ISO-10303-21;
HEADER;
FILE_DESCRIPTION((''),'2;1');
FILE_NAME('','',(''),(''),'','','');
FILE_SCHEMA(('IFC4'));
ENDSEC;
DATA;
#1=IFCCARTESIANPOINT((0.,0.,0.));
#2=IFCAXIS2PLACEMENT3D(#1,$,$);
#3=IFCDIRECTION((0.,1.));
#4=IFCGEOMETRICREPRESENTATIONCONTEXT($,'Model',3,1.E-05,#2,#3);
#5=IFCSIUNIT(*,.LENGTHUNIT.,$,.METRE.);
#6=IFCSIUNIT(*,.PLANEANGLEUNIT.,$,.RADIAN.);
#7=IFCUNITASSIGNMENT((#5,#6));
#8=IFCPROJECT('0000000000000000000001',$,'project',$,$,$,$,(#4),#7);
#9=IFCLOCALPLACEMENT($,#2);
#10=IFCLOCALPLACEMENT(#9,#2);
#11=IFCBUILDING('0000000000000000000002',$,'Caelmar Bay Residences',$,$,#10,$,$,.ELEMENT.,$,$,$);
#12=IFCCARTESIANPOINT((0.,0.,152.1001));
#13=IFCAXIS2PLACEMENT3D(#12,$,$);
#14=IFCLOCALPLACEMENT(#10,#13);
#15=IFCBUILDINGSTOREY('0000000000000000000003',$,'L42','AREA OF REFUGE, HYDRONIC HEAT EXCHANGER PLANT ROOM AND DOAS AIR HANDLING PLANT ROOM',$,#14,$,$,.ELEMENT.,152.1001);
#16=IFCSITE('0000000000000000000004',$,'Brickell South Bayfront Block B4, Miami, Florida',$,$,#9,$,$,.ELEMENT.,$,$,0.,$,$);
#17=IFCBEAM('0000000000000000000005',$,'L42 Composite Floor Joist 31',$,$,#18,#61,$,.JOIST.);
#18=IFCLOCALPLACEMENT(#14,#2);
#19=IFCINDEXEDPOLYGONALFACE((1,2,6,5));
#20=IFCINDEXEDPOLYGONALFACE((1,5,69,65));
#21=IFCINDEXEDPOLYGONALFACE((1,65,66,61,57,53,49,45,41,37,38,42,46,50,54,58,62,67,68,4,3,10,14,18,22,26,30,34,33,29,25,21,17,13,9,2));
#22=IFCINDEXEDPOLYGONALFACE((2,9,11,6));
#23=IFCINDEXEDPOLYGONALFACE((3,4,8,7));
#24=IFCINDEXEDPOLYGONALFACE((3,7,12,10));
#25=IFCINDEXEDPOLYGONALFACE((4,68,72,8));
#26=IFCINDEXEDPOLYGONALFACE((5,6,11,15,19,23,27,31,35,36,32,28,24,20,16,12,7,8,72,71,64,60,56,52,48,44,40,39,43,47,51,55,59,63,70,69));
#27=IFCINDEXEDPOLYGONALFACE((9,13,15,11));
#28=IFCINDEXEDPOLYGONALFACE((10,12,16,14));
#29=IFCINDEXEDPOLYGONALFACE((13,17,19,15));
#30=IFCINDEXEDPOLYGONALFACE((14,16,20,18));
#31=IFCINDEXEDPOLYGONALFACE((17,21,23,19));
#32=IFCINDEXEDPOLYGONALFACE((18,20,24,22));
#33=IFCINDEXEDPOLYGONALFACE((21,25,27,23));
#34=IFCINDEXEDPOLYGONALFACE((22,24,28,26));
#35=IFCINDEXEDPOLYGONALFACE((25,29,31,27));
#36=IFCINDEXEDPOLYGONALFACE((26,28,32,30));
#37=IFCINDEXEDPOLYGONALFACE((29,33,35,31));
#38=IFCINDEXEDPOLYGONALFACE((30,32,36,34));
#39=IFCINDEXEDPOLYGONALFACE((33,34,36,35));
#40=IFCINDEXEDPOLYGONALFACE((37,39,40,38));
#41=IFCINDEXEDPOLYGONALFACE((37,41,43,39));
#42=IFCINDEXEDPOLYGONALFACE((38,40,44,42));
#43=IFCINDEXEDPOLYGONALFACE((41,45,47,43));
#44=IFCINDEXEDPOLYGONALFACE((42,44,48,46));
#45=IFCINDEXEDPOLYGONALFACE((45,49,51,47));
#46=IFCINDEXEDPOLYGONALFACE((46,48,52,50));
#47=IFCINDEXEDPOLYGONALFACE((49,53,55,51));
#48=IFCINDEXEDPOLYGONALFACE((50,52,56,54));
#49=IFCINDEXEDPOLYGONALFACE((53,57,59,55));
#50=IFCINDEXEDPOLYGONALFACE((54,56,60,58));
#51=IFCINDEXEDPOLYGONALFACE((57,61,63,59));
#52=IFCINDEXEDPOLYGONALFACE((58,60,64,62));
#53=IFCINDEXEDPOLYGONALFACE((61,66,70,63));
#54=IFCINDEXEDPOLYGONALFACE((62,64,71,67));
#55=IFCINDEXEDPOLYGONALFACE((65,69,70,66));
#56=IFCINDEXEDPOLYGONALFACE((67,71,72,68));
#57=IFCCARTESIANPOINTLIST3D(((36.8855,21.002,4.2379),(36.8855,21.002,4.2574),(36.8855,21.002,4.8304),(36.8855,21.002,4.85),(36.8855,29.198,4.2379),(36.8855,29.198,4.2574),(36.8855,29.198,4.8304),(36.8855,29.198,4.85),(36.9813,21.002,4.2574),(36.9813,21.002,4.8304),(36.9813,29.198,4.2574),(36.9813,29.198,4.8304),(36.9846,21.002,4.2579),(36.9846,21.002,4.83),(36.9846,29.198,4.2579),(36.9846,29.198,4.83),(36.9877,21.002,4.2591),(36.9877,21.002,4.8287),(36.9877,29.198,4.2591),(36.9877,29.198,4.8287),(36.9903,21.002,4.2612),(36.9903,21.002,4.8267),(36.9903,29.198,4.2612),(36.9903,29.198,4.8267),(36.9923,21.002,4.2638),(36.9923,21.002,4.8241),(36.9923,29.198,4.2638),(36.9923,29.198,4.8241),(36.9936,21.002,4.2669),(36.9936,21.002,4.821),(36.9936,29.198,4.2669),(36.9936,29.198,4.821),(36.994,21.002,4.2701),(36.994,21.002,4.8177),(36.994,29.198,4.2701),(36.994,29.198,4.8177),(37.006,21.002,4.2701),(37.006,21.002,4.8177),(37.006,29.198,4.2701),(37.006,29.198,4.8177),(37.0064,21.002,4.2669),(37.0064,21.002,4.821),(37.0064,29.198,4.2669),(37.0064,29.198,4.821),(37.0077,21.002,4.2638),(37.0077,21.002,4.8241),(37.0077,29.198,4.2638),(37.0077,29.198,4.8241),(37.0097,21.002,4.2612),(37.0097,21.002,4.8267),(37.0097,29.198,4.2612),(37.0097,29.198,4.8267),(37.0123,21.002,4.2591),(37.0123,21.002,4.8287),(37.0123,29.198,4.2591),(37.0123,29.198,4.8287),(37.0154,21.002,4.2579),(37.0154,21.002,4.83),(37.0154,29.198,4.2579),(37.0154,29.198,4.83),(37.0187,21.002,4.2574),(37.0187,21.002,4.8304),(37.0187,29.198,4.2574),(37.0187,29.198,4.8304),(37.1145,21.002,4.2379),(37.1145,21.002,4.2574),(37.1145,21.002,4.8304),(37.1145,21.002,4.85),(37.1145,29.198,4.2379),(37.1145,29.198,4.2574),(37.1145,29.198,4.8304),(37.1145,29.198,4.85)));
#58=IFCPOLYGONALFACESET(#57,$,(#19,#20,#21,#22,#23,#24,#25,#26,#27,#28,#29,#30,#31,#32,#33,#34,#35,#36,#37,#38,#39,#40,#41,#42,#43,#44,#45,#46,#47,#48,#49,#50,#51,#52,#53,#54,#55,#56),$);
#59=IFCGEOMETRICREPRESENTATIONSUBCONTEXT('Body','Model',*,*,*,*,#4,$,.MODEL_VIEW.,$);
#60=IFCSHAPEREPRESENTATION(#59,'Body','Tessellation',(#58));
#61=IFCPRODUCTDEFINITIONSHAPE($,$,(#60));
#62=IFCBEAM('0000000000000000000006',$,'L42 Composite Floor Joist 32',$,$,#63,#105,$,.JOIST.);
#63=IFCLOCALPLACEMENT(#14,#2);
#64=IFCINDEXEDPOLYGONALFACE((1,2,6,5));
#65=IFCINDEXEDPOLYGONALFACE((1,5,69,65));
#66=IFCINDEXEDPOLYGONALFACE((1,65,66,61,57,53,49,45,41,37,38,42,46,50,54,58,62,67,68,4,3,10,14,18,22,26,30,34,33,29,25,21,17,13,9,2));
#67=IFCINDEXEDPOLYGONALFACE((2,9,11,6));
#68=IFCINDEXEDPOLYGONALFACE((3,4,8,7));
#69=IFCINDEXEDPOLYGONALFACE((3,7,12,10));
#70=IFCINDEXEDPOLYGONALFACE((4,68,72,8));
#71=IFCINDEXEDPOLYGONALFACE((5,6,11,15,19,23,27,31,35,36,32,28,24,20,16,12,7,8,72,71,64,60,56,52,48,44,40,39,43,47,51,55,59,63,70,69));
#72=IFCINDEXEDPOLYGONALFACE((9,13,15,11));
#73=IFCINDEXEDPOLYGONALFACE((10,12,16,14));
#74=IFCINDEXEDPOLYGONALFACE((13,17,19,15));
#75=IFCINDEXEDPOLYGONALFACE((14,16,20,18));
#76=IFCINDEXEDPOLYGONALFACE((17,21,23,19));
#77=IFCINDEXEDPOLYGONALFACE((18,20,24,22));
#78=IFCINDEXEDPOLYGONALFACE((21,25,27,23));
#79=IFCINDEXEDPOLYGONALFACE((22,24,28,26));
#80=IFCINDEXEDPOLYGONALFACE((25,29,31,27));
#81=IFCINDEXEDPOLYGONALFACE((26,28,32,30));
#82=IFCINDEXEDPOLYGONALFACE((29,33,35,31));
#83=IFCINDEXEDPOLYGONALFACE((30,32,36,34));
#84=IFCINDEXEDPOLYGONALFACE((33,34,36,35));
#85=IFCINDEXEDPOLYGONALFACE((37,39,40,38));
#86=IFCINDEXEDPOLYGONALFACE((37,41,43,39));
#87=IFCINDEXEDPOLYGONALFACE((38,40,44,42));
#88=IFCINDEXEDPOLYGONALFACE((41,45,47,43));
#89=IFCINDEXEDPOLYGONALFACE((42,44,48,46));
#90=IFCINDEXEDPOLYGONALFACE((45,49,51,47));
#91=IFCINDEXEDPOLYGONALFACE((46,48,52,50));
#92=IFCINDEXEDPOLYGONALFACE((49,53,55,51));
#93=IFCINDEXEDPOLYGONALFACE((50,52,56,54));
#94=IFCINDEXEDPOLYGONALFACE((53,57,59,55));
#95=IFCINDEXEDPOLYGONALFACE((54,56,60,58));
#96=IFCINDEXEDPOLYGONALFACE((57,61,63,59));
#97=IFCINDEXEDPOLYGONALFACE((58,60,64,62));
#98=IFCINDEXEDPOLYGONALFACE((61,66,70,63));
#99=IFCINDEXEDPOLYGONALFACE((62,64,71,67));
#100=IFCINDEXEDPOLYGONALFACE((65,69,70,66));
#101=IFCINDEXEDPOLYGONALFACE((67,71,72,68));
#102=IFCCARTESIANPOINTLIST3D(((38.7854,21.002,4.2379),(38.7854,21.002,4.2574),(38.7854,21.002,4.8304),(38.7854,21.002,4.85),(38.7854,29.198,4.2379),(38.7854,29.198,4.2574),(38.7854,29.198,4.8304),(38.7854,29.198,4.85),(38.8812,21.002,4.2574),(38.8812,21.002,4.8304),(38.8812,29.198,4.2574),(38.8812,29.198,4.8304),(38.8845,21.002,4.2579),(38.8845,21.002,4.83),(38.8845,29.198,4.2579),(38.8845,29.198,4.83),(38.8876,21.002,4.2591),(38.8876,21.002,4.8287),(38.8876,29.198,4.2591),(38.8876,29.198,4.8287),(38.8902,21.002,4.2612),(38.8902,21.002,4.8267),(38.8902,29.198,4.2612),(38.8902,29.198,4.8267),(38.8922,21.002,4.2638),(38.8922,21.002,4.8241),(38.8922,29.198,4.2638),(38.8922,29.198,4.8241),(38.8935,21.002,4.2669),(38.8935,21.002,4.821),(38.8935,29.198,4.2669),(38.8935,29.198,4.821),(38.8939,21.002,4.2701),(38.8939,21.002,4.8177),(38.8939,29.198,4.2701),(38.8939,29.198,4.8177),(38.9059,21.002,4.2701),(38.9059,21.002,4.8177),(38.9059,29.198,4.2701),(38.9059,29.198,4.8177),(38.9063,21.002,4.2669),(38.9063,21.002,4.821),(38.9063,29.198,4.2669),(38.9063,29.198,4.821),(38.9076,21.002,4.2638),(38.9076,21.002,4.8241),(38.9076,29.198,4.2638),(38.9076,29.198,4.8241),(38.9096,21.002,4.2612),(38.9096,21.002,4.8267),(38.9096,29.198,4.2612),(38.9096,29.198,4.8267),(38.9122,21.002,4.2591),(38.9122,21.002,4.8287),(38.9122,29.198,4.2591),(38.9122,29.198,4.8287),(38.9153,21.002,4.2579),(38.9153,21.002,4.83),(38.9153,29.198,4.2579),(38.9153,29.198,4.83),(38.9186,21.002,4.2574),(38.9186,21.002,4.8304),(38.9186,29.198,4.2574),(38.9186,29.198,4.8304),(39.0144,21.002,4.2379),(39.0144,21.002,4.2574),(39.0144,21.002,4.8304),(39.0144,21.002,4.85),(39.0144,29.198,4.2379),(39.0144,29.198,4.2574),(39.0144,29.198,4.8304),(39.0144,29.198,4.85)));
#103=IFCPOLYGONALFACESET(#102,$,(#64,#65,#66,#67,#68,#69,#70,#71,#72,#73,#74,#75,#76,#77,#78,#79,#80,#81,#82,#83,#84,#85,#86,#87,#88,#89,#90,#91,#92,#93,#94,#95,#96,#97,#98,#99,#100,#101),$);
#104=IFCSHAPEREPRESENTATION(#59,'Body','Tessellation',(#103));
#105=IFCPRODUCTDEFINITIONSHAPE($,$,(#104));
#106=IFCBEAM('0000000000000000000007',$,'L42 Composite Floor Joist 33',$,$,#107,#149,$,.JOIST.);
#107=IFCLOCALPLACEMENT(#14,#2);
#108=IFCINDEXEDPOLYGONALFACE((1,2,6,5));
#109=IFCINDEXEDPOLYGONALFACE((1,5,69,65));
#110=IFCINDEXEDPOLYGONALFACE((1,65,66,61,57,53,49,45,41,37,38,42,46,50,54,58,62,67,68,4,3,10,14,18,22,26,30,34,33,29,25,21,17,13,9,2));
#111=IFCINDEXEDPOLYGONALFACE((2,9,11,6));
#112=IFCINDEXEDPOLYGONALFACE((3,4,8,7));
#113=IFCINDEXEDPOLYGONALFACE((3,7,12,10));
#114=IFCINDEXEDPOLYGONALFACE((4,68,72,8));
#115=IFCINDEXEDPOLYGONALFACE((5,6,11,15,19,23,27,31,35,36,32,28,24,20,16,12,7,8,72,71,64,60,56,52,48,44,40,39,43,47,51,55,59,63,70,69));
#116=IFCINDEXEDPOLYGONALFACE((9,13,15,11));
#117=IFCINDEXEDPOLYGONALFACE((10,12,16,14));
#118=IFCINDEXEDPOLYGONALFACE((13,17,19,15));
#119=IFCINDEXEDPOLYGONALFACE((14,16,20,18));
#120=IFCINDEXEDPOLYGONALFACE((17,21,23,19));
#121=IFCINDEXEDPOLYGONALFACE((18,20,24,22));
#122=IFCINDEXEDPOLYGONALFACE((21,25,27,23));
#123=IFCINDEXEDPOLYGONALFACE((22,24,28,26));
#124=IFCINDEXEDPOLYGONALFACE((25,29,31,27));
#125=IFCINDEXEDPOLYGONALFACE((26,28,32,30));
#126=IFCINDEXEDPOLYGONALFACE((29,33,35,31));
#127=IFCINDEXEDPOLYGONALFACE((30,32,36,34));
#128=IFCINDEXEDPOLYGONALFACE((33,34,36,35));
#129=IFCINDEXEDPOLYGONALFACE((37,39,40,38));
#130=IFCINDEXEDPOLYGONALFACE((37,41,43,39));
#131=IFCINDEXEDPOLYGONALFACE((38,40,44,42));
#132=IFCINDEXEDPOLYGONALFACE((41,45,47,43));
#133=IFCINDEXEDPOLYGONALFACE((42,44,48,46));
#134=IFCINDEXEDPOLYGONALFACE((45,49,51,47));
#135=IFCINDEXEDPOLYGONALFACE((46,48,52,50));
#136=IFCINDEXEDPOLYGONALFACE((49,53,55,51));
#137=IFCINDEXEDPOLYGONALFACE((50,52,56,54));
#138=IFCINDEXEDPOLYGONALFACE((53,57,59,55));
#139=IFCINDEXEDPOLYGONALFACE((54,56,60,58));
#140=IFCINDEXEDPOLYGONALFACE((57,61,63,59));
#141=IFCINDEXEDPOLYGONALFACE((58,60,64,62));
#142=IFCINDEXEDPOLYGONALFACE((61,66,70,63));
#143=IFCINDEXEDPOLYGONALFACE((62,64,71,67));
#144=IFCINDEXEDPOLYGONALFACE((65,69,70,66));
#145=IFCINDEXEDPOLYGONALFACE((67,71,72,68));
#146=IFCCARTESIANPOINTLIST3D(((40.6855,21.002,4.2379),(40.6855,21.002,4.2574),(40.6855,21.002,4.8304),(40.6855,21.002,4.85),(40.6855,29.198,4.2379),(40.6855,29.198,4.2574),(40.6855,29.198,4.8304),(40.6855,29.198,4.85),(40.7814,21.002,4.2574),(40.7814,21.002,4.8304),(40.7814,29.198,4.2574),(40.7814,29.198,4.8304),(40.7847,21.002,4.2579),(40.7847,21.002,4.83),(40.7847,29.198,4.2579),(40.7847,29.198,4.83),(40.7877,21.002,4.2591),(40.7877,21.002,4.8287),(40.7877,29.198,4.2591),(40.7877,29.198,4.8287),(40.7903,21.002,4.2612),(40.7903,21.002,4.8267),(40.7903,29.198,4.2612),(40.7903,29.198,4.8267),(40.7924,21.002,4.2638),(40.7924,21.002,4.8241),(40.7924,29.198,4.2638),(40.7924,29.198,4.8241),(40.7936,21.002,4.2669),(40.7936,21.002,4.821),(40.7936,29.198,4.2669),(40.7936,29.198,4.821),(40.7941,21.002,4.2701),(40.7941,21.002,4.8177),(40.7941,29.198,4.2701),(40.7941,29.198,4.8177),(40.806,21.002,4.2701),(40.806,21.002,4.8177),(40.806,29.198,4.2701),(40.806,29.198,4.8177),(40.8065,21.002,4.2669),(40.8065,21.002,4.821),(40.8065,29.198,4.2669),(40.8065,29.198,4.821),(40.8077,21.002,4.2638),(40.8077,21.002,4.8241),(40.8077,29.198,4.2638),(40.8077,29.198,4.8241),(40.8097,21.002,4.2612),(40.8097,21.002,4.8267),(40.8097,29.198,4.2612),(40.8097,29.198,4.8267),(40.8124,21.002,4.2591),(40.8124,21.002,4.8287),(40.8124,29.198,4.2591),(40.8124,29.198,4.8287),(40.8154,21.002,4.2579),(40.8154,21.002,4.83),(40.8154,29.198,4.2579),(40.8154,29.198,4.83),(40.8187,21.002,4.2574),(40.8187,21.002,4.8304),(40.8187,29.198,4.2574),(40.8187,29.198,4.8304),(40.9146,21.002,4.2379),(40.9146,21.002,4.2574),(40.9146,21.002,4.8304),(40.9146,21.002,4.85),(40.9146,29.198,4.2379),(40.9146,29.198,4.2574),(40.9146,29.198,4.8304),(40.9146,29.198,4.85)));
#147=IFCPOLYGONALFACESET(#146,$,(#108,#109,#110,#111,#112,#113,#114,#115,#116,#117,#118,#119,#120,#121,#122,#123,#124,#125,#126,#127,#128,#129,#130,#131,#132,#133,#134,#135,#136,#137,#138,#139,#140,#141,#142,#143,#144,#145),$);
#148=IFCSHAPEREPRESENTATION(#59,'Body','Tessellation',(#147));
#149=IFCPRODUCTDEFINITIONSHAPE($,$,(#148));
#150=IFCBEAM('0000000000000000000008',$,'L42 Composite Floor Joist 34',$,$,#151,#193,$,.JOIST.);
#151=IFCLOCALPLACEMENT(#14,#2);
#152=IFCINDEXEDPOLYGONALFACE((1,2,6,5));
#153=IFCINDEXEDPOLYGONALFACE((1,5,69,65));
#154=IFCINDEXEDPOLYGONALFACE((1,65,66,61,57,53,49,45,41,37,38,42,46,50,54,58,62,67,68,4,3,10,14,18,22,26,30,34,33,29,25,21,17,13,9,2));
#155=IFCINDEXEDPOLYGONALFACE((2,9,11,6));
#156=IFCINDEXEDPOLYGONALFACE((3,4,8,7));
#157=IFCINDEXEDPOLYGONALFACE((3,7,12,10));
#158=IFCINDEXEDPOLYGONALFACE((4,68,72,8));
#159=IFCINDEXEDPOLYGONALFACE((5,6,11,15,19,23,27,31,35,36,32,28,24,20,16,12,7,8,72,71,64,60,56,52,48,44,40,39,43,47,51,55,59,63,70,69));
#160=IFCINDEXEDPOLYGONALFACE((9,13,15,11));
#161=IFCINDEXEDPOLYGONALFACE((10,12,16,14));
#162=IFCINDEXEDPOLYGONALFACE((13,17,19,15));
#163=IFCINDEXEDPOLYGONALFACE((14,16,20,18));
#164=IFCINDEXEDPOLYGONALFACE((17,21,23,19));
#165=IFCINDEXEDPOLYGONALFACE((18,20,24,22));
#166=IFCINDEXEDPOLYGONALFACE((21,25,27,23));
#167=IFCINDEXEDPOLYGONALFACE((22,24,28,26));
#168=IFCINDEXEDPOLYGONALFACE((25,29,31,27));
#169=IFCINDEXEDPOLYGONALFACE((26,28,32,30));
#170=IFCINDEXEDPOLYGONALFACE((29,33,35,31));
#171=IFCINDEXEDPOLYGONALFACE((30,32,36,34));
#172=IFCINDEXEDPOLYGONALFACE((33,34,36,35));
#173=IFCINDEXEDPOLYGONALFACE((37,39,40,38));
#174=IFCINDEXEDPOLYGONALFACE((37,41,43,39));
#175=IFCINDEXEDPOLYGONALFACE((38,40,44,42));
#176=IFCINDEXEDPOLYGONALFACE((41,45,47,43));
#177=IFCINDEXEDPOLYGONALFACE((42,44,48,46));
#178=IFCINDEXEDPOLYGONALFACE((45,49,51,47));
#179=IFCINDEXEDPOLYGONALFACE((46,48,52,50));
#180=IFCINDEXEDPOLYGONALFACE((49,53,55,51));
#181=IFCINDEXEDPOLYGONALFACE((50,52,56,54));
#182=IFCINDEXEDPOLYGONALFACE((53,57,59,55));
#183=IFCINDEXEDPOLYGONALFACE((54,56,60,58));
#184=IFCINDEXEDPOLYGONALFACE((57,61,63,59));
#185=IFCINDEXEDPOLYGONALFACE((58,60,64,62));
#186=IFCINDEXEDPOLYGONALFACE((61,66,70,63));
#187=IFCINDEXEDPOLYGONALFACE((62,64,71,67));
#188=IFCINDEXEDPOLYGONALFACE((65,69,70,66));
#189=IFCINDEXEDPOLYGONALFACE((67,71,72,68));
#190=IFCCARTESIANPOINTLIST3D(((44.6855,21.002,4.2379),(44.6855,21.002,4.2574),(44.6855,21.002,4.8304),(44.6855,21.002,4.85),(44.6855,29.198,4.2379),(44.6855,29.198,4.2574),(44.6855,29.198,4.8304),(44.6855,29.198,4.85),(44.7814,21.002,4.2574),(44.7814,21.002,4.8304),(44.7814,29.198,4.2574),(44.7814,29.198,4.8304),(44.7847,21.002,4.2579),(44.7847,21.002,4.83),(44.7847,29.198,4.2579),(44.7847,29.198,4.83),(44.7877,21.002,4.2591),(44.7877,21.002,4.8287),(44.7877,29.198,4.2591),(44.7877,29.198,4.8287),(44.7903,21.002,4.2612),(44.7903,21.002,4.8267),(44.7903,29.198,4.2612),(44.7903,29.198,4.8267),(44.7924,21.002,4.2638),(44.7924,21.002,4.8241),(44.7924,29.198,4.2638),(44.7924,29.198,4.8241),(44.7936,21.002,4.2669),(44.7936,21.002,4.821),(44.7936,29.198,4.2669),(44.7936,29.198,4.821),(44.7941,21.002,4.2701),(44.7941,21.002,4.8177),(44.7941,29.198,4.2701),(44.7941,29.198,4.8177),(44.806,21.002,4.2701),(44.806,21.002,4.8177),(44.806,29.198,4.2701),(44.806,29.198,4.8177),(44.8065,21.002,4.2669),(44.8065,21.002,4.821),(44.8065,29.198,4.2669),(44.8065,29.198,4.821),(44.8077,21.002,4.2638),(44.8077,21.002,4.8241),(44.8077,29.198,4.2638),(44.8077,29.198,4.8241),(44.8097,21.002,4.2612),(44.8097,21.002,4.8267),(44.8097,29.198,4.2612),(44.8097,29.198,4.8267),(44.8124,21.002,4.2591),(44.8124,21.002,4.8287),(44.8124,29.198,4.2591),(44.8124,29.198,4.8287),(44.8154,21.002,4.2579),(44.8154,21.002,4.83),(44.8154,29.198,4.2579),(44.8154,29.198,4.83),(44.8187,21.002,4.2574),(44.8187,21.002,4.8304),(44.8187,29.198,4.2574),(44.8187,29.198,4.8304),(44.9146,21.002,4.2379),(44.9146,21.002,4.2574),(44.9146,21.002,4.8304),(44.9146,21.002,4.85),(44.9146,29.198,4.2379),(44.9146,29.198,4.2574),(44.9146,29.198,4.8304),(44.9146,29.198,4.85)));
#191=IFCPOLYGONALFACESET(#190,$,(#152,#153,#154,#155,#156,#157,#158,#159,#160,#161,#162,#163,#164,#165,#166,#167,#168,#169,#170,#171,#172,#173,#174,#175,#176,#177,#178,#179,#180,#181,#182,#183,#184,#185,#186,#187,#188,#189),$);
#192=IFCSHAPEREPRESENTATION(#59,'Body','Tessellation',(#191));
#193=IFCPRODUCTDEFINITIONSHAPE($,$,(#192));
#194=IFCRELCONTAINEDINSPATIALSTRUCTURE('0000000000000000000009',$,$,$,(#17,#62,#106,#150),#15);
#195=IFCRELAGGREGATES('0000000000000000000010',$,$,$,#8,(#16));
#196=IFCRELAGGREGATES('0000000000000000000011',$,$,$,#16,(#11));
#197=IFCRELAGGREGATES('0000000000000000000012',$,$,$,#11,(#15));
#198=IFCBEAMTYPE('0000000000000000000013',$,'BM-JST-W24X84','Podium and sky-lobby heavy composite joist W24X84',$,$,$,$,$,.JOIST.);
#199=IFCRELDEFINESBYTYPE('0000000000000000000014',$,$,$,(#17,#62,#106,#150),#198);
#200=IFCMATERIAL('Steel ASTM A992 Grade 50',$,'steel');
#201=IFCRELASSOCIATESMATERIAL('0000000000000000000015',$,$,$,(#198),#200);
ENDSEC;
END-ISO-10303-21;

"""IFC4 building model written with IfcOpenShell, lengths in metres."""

from ifc_helpers import new_model, si_unit, direction, frame, origin, origin_2d, place, context, subcontext, project, spatial, i_section, extrude, material, material_profile, profile_set, type_object, element, save


model = new_model("IFC4")

# Units and contexts
model_context = context("Model", 3, precision=1e-05, world=origin(), true_north=direction((0.0, 1.0)))
body_context = subcontext(model_context, "Body", "Model", "MODEL_VIEW")
ifc_project = project(units=[si_unit("LENGTHUNIT", "METRE"), si_unit("PLANEANGLEUNIT", "RADIAN")], contexts=[model_context])

# Site, building, storey
site_placement = place(None, origin())
site = spatial("IfcSite", under=ifc_project, at=site_placement, Name="Brickell South Bayfront Block B4, Miami, Florida", CompositionType="ELEMENT", RefElevation=0.0)
building_placement = place(site_placement, origin())
building = spatial("IfcBuilding", under=site, at=building_placement, Name="Caelmar Bay Residences", CompositionType="ELEMENT")
storey_placement = place(building_placement, frame((0.0, 0.0, 152.1001)))
storey = spatial("IfcBuildingStorey", under=building, at=storey_placement, Name="L42", Description="AREA OF REFUGE, HYDRONIC HEAT EXCHANGER PLANT ROOM AND DOAS AIR HANDLING PLANT ROOM", CompositionType="ELEMENT", Elevation=152.1001)

# Beams
ifc_material_1 = material(Name="Steel ASTM A992 Grade 50", Category="steel")
ifc_material_profile_1 = material_profile(ifc_material_1, i_section(OverallWidth=0.229, OverallDepth=0.6121, WebThickness=0.012, FlangeThickness=0.0195, FilletRadius=0.0127, at=origin_2d()), Name="W24X84")
ifc_profile_set_1 = profile_set([ifc_material_profile_1], Name="Steel ASTM A992 Grade 50")
beam_type_1 = type_object("IfcBeamType", Name="BM-JST-W24X84", Description="Podium and sky-lobby heavy composite joist W24X84", PredefinedType="JOIST", material=ifc_profile_set_1)
for number, where, z_axis, x_axis, name in (
    (1, (37.0, 21.002, 4.5439), (0.0, 1.0, 0.0), (-1.0, 0.0, 0.0), "L42 Composite Floor Joist 31"),
    (2, (38.8999, 21.002, 4.5439), (0.0, 1.0, 0.0), (-1.0, 0.0, 0.0), "L42 Composite Floor Joist 32"),
    (3, (40.8, 21.002, 4.5439), (0.0, 1.0, 0.0), (-1.0, 0.0, 0.0), "L42 Composite Floor Joist 33"),
    (4, (44.8, 21.002, 4.5439), (0.0, 1.0, 0.0), (-1.0, 0.0, 0.0), "L42 Composite Floor Joist 34"),
):
    element("IfcBeam", number, at=place(storey_placement, frame(where, z_axis=z_axis, x_axis=x_axis)), inside=storey, type_object=beam_type_1, Name=name, PredefinedType="JOIST", context=body_context, shape_type="SweptSolid", body=[
        extrude(i_section(OverallWidth=0.229, OverallDepth=0.6121, WebThickness=0.012, FlangeThickness=0.0195, FilletRadius=0.0127, at=origin_2d()), origin(), (0.0, 0.0, 1.0), 8.196),
    ])

save(model, "model.ifc")
